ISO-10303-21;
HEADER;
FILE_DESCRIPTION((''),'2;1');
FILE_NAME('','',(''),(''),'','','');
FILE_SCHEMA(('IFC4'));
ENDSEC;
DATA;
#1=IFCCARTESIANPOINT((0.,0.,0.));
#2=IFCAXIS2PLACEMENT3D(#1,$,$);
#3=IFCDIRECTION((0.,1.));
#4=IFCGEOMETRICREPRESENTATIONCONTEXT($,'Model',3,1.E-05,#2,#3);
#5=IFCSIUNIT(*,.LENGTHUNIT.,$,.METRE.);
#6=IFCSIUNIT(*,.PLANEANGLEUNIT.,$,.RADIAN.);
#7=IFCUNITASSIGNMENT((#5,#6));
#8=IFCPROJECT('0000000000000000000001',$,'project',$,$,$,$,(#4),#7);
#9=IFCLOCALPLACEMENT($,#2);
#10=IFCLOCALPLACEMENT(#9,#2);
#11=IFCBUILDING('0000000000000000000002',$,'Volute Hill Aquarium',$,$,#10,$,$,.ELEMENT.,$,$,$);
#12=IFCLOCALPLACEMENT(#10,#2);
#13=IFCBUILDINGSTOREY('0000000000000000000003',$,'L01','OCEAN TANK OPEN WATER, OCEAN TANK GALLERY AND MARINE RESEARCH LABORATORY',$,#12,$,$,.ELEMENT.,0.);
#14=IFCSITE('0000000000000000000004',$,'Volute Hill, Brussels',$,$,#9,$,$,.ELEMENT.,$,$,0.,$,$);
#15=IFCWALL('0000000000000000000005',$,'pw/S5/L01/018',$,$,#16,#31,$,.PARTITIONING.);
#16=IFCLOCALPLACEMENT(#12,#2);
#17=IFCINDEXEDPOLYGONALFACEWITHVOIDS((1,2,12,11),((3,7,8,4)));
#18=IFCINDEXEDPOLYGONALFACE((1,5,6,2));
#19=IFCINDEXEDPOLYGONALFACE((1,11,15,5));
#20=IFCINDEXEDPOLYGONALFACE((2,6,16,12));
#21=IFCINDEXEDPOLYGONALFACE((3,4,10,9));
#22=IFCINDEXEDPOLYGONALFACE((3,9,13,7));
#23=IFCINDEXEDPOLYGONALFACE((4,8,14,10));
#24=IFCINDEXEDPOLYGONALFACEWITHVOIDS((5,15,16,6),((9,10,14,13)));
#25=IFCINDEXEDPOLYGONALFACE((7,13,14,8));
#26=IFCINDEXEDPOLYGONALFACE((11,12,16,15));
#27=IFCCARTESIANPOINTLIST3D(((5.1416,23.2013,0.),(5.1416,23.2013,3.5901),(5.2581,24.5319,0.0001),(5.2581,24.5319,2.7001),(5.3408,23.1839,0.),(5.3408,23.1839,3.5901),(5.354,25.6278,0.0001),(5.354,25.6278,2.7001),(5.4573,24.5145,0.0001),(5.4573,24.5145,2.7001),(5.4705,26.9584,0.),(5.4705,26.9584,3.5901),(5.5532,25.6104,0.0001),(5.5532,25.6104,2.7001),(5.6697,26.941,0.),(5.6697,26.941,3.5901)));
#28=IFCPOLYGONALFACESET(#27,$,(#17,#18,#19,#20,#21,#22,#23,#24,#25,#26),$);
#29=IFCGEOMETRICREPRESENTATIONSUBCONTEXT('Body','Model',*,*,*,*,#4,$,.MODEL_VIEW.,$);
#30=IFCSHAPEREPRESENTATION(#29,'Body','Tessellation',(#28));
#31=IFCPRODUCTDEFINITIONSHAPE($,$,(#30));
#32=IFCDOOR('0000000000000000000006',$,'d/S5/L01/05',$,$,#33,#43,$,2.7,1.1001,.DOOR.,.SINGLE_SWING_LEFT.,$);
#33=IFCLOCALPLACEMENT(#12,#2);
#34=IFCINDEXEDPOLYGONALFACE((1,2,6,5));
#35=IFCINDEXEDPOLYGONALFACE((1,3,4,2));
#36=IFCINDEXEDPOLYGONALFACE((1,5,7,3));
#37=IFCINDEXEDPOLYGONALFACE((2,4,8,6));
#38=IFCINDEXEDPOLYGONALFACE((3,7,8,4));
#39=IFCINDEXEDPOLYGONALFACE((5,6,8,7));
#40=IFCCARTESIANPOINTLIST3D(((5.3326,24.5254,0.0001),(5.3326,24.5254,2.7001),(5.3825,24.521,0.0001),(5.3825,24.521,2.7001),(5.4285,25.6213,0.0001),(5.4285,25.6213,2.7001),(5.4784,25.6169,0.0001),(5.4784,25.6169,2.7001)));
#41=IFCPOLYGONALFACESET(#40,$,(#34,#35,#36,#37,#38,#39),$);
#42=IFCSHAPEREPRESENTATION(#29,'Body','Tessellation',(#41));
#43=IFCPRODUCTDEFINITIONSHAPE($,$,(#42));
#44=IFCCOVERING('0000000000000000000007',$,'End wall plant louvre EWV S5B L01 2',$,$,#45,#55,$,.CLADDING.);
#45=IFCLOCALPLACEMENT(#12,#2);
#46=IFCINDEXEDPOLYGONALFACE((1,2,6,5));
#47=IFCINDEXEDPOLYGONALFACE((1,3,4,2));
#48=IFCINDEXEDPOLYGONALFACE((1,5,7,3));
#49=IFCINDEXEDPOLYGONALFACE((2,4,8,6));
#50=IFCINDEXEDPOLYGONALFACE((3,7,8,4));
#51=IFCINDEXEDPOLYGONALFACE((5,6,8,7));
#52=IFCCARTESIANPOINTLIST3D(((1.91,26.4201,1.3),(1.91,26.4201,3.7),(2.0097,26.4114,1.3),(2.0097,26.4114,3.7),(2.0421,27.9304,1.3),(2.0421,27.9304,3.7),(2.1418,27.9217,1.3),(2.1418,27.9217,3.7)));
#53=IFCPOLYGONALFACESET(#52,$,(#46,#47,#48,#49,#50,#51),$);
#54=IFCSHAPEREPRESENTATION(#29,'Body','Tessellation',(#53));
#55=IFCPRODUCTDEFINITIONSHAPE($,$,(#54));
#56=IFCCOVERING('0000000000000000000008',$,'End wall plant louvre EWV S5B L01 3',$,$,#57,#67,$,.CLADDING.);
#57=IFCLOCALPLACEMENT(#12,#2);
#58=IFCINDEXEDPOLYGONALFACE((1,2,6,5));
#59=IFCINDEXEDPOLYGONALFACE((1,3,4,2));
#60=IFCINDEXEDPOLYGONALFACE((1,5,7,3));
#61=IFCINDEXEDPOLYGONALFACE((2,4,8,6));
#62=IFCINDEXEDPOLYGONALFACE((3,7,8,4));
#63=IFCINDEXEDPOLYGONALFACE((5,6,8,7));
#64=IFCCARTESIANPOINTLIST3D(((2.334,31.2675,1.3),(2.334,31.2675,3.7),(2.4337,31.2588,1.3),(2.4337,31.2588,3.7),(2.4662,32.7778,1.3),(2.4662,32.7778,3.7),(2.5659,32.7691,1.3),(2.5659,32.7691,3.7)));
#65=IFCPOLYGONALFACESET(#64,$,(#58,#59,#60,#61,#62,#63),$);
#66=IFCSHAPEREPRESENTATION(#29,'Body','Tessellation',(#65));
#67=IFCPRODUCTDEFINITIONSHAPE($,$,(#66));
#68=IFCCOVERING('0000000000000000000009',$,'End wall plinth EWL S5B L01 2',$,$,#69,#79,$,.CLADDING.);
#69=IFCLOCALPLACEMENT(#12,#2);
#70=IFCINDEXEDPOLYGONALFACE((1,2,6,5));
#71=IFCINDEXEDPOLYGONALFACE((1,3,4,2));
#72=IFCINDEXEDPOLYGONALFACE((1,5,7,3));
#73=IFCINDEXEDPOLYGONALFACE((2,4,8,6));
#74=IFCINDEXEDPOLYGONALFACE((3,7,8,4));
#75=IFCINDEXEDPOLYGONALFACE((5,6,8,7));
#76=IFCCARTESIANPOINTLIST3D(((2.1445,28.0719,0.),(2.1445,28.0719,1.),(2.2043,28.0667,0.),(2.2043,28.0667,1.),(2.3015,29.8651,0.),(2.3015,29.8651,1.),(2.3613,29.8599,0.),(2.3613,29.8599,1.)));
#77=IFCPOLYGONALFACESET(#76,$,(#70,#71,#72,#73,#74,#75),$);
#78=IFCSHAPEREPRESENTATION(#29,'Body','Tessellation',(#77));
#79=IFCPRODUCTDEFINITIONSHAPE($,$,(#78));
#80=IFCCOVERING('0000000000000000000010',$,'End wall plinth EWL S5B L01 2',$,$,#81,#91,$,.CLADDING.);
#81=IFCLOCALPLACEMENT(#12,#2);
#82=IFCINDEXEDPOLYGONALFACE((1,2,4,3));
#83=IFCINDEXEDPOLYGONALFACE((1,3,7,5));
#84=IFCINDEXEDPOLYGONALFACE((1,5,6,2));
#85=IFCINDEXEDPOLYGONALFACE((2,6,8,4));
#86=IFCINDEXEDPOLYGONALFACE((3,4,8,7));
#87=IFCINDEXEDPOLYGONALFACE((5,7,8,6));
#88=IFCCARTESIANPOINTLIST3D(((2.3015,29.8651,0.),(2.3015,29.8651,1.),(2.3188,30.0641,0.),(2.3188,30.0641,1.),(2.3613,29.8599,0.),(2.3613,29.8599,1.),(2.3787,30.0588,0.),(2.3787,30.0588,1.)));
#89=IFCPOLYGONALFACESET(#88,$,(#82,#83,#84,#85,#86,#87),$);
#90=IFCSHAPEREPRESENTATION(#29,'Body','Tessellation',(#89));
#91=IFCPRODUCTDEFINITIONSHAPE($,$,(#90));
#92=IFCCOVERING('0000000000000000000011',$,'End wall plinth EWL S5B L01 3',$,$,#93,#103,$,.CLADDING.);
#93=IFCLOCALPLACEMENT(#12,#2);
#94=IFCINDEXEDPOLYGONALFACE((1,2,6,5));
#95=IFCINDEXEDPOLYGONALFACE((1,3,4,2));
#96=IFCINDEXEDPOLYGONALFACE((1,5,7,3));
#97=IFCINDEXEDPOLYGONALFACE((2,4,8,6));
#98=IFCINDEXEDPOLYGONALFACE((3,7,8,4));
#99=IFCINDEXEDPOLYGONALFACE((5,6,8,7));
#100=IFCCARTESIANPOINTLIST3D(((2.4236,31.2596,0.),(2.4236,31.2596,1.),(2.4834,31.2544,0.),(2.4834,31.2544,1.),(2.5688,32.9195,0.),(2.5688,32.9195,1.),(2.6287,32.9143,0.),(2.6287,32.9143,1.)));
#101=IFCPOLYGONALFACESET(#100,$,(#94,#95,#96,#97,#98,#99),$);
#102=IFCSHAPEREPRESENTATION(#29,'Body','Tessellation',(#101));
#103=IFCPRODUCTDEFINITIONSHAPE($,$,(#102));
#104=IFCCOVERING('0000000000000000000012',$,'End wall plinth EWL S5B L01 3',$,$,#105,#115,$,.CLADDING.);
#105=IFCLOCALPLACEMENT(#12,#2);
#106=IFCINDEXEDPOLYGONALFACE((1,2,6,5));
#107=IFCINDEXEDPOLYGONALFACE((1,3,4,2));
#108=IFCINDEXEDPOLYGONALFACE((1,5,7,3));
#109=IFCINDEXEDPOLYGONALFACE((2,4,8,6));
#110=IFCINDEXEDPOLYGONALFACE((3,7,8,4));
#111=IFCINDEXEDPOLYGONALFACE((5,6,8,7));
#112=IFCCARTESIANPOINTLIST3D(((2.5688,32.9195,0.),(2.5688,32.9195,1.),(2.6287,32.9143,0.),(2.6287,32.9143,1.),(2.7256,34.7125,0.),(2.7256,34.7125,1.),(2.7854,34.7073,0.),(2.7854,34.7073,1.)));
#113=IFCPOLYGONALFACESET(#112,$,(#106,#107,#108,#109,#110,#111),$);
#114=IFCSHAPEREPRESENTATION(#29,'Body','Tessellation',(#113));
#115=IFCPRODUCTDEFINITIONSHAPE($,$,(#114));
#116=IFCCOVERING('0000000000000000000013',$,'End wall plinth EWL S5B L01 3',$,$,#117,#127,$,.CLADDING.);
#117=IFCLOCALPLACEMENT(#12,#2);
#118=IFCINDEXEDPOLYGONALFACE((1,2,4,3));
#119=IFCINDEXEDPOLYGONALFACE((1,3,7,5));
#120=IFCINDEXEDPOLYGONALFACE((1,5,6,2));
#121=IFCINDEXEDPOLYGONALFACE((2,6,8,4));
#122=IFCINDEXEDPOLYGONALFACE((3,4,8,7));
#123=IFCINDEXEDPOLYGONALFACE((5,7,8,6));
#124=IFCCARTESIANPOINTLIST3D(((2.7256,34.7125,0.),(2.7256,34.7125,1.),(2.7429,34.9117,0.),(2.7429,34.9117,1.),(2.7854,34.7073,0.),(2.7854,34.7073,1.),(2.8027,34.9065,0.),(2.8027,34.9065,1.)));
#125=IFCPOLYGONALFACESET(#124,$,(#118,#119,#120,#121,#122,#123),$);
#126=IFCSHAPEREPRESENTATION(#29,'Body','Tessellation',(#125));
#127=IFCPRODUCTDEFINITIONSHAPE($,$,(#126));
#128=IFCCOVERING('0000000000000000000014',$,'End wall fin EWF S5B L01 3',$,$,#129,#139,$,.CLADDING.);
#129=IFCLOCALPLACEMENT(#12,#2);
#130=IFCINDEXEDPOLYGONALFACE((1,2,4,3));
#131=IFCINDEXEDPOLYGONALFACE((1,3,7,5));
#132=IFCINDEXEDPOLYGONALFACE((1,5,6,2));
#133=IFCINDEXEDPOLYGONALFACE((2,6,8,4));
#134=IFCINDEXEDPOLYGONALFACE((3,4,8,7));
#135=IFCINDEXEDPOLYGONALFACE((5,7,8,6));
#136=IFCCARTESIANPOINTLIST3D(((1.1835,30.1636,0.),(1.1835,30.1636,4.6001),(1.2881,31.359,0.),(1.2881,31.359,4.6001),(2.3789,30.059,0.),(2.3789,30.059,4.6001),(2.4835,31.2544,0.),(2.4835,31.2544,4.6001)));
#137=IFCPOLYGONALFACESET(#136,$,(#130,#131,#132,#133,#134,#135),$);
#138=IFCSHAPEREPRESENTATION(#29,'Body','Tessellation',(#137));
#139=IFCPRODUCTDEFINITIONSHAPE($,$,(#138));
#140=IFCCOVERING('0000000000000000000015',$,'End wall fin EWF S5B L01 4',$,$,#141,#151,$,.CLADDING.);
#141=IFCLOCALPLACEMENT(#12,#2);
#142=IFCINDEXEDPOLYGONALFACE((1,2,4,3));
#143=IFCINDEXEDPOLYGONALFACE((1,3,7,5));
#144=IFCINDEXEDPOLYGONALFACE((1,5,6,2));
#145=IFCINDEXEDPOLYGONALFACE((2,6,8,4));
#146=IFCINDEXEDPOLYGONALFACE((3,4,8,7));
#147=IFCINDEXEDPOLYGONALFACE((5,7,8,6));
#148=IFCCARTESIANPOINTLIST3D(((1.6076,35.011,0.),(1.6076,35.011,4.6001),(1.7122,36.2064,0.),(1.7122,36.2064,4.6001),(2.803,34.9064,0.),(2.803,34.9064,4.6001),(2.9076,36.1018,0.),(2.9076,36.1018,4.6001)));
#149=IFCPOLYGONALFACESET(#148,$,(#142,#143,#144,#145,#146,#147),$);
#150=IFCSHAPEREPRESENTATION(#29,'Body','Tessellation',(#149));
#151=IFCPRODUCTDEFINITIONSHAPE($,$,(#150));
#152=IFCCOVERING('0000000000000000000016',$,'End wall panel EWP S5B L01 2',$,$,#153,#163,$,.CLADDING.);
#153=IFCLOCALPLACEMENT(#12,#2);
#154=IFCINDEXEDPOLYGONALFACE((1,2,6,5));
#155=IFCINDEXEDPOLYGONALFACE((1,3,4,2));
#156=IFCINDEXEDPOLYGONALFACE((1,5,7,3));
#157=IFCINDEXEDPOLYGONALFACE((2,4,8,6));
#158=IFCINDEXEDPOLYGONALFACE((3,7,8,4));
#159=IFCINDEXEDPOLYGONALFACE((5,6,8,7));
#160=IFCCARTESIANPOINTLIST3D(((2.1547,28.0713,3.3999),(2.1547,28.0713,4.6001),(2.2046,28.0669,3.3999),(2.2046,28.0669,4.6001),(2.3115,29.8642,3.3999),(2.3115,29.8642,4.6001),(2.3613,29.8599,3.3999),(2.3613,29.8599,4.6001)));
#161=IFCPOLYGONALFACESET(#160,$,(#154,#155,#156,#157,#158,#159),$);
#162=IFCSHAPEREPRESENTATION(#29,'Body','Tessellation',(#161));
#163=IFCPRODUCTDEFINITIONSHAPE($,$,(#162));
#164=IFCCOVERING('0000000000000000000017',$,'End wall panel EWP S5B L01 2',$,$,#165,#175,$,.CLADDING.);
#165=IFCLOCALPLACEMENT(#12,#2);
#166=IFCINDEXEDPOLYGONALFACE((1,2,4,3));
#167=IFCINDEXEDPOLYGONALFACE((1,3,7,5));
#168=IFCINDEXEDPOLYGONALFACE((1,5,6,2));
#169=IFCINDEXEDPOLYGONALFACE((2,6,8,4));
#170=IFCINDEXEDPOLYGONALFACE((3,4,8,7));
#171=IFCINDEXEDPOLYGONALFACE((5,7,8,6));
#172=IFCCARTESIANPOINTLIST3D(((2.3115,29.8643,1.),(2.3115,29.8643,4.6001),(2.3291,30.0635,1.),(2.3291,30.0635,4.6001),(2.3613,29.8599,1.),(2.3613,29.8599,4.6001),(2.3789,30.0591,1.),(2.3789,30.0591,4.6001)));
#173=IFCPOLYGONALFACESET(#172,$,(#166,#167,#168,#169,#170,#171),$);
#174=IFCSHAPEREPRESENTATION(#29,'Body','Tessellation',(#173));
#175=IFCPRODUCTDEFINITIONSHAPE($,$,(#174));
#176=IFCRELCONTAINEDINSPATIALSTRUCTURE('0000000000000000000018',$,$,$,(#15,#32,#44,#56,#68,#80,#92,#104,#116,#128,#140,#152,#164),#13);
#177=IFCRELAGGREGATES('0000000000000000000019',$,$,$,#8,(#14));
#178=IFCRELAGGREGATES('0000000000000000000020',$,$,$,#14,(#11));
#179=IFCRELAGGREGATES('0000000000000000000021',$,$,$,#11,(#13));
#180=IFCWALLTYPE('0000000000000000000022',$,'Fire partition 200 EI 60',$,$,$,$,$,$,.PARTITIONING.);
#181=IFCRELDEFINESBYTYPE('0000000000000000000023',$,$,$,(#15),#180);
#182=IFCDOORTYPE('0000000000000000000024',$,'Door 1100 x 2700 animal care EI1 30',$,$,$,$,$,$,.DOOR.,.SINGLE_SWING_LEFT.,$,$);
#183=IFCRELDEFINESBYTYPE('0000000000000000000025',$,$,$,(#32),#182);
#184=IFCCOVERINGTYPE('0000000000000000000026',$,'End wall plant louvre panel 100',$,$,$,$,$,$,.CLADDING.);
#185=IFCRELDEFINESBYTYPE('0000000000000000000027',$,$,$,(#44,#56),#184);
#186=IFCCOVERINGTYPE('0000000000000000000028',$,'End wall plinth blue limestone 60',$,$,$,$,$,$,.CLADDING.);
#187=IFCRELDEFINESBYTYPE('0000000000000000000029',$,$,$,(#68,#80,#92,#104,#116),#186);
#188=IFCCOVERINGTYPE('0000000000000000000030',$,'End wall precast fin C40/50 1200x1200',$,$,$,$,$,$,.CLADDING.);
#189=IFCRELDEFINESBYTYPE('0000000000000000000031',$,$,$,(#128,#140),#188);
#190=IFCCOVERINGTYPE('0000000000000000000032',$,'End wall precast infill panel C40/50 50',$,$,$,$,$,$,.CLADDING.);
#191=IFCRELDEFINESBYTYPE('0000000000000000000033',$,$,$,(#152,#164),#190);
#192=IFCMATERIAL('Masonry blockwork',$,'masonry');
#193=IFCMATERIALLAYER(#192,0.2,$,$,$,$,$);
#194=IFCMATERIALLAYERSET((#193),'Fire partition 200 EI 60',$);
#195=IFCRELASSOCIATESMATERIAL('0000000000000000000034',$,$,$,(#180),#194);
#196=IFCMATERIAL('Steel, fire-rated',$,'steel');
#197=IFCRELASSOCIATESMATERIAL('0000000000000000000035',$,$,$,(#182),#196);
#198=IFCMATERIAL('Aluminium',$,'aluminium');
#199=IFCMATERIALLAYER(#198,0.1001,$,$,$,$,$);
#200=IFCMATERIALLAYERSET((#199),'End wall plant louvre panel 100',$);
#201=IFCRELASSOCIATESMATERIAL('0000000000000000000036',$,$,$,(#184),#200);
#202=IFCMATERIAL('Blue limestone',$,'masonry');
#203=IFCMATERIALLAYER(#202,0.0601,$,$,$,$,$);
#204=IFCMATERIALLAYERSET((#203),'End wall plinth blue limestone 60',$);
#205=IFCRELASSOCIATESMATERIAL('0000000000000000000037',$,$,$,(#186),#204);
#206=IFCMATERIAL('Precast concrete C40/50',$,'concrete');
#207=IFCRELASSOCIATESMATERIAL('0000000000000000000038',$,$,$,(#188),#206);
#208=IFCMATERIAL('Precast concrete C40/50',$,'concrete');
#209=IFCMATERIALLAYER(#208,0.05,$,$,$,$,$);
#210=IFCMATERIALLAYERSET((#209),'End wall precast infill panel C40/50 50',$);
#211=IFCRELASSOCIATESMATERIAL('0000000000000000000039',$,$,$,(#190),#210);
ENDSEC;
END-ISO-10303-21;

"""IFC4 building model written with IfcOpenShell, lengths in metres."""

from ifc_helpers import new_model, si_unit, direction, frame, frame_2d, origin, origin_2d, place, context, subcontext, project, spatial, polyline, rectangle, outline, extrude, material, layer, layer_set, type_object, element, fill, save


model = new_model("IFC4")

# Units and contexts
model_context = context("Model", 3, precision=1e-05, world=origin(), true_north=direction((0.0, 1.0)))
body_context = subcontext(model_context, "Body", "Model", "MODEL_VIEW")
ifc_project = project(units=[si_unit("LENGTHUNIT", "METRE"), si_unit("PLANEANGLEUNIT", "RADIAN")], contexts=[model_context])

# Site, building, storey
site_placement = place(None, origin())
site = spatial("IfcSite", under=ifc_project, at=site_placement, Name="Volute Hill, Brussels", CompositionType="ELEMENT", RefElevation=0.0)
building_placement = place(site_placement, origin())
building = spatial("IfcBuilding", under=site, at=building_placement, Name="Volute Hill Aquarium", CompositionType="ELEMENT")
storey_placement = place(building_placement, origin())
storey = spatial("IfcBuildingStorey", under=building, at=storey_placement, Name="L01", Description="OCEAN TANK OPEN WATER, OCEAN TANK GALLERY AND MARINE RESEARCH LABORATORY", CompositionType="ELEMENT", Elevation=0.0)

# Wall, opening, door
ifc_material_1 = material(Name="Masonry blockwork", Category="masonry")
ifc_layer_1 = layer(ifc_material_1, 0.2)
ifc_layer_set_1 = layer_set([ifc_layer_1], Name="Fire partition 200 EI 60")
wall_type = type_object("IfcWallType", Name="Fire partition 200 EI 60", PredefinedType="PARTITIONING", material=ifc_layer_set_1)
wall_placement = place(storey_placement, frame((5.5701, 26.9497, 0.0), z_axis=(0.0, 0.0, 1.0), x_axis=(-0.087197, -0.996191, 0.0)))
wall = element("IfcWall", 1, at=wall_placement, inside=storey, type_object=wall_type, Name="pw/S5/L01/018", PredefinedType="PARTITIONING", context=body_context, shape_type="SweptSolid", body=[
    extrude(rectangle(XDim=3.7715, YDim=0.2, at=frame_2d((1.8857, 0.0))), origin(), (0.0, 0.0, 1.0), 3.5901),
])
opening_placement = place(wall_placement, frame((1.3357, 0.0, 0.0)))
opening = element("IfcOpeningElement", 2, at=opening_placement, cuts=wall, PredefinedType="OPENING", context=body_context, shape_type="SweptSolid", body=[
    extrude(rectangle(XDim=1.1001, YDim=2.7, at=frame_2d((0.55, 1.3501))), frame((0.0, 0.1099, 0.0), z_axis=(0.0, -1.0, 0.0), x_axis=(1.0, 0.0, 0.0)), (0.0, 0.0, 1.0), 0.22),
])
ifc_material_2 = material(Name="Steel, fire-rated", Category="steel")
door_type = type_object("IfcDoorType", Name="Door 1100 x 2700 animal care EI1 30", OperationType="SINGLE_SWING_LEFT", PredefinedType="DOOR", material=ifc_material_2)
door_placement = place(opening_placement, origin())
door = element("IfcDoor", 3, at=door_placement, inside=storey, type_object=door_type, Name="d/S5/L01/05", OperationType="SINGLE_SWING_LEFT", OverallHeight=2.7, OverallWidth=1.1001, PredefinedType="DOOR", context=body_context, shape_type="SweptSolid", body=[
    extrude(rectangle(XDim=1.1001, YDim=2.7, at=frame_2d((0.55, 1.3501))), frame((0.0, 0.0249, 0.0), z_axis=(0.0, -1.0, 0.0), x_axis=(1.0, 0.0, 0.0)), (0.0, 0.0, 1.0), 0.05),
])
fill(opening, door)

# Coverings
ifc_material_3 = material(Name="Aluminium", Category="aluminium")
ifc_layer_2 = layer(ifc_material_3, 0.1001)
ifc_layer_set_2 = layer_set([ifc_layer_2], Name="End wall plant louvre panel 100")
covering_type_1 = type_object("IfcCoveringType", Name="End wall plant louvre panel 100", PredefinedType="CLADDING", material=ifc_layer_set_2)
for number, where, z_axis, x_axis, name in (
    (4, (2.0259, 27.1709, 1.3), (0.0, 0.0, 1.0), (0.087157, 0.996195, 0.0), "End wall plant louvre EWV S5B L01 2"),
    (5, (2.45, 32.0183, 1.3), (0.0, 0.0, 1.0), (0.087157, 0.996195, 0.0), "End wall plant louvre EWV S5B L01 3"),
):
    element("IfcCovering", number, at=place(storey_placement, frame(where, z_axis=z_axis, x_axis=x_axis)), inside=storey, type_object=covering_type_1, Name=name, PredefinedType="CLADDING", context=body_context, shape_type="SweptSolid", body=[
        extrude(rectangle(XDim=1.5161, YDim=0.1001, at=origin_2d()), origin(), (0.0, 0.0, 1.0), 2.3999),
    ])
ifc_material_4 = material(Name="Blue limestone", Category="masonry")
ifc_layer_3 = layer(ifc_material_4, 0.0601)
ifc_layer_set_3 = layer_set([ifc_layer_3], Name="End wall plinth blue limestone 60")
covering_type_2 = type_object("IfcCoveringType", Name="End wall plinth blue limestone 60", PredefinedType="CLADDING", material=ifc_layer_set_3)
covering_1_placement = place(storey_placement, frame((2.2043, 28.0667, 0.0), z_axis=(0.99619, -0.087209, 0.0), x_axis=(0.087209, 0.99619, 0.0)))
element("IfcCovering", 6, at=covering_1_placement, inside=storey, type_object=covering_type_2, Name="End wall plinth EWL S5B L01 2", PredefinedType="CLADDING", context=body_context, shape_type="SweptSolid", body=[
    extrude(outline(polyline([(0.0, 0.0), (1.8001, 0.0), (1.8001, 1.0), (0.0, 1.0), (0.0, 0.0)])), origin(), (0.0, 0.0, -1.0), 0.0601),
])
covering_2_placement = place(storey_placement, frame((2.3613, 29.8599, 0.0), z_axis=(0.996227, -0.086788, 0.0), x_axis=(0.086788, 0.996227, 0.0)))
element("IfcCovering", 7, at=covering_2_placement, inside=storey, type_object=covering_type_2, Name="End wall plinth EWL S5B L01 2", PredefinedType="CLADDING", context=body_context, shape_type="SweptSolid", body=[
    extrude(outline(polyline([(0.0, 0.0), (0.1997, 0.0), (0.1997, 1.0), (0.0, 1.0), (0.0, 0.0)])), origin(), (0.0, 0.0, -1.0), 0.0601),
])
covering_3_placement = place(storey_placement, frame((2.4834, 31.2544, 0.0), z_axis=(0.996193, -0.08718, 0.0), x_axis=(0.08718, 0.996193, 0.0)))
element("IfcCovering", 8, at=covering_3_placement, inside=storey, type_object=covering_type_2, Name="End wall plinth EWL S5B L01 3", PredefinedType="CLADDING", context=body_context, shape_type="SweptSolid", body=[
    extrude(outline(polyline([(0.0, 0.0), (1.6663, 0.0), (1.6663, 1.0), (0.0, 1.0), (0.0, 0.0)])), origin(), (0.0, 0.0, -1.0), 0.0601),
])
covering_4_placement = place(storey_placement, frame((2.6287, 32.9143, 0.0), z_axis=(0.996201, -0.087086, 0.0), x_axis=(0.087086, 0.996201, 0.0)))
element("IfcCovering", 9, at=covering_4_placement, inside=storey, type_object=covering_type_2, Name="End wall plinth EWL S5B L01 3", PredefinedType="CLADDING", context=body_context, shape_type="SweptSolid", body=[
    extrude(outline(polyline([(0.0, 0.0), (1.7998, 0.0), (1.7998, 1.0), (0.0, 1.0), (0.0, 0.0)])), origin(), (0.0, 0.0, -1.0), 0.0601),
])
covering_5_placement = place(storey_placement, frame((2.7854, 34.7073, 0.0), z_axis=(0.996236, -0.086682, 0.0), x_axis=(0.086682, 0.996236, 0.0)))
element("IfcCovering", 10, at=covering_5_placement, inside=storey, type_object=covering_type_2, Name="End wall plinth EWL S5B L01 3", PredefinedType="CLADDING", context=body_context, shape_type="SweptSolid", body=[
    extrude(outline(polyline([(0.0, 0.0), (0.2, 0.0), (0.2, 1.0), (0.0, 1.0), (0.0, 0.0)])), origin(), (0.0, 0.0, -1.0), 0.0601),
])
ifc_material_5 = material(Name="Precast concrete C40/50", Category="concrete")
covering_type_3 = type_object("IfcCoveringType", Name="End wall precast fin C40/50 1200x1200", PredefinedType="CLADDING", material=ifc_material_5)
for number, where, z_axis, x_axis, name in (
    (11, (1.8335, 30.709, 0.0), (0.0, 0.0, 1.0), (0.087157, 0.996195, 0.0), "End wall fin EWF S5B L01 3"),
    (12, (2.2576, 35.5564, 0.0), (0.0, 0.0, 1.0), (0.087157, 0.996195, 0.0), "End wall fin EWF S5B L01 4"),
):
    element("IfcCovering", number, at=place(storey_placement, frame(where, z_axis=z_axis, x_axis=x_axis)), inside=storey, type_object=covering_type_3, Name=name, PredefinedType="CLADDING", context=body_context, shape_type="SweptSolid", body=[
        extrude(rectangle(XDim=1.2, YDim=1.2, at=origin_2d()), origin(), (0.0, 0.0, 1.0), 4.6001),
    ])
ifc_material_6 = material(Name="Precast concrete C40/50", Category="concrete")
ifc_layer_4 = layer(ifc_material_6, 0.05)
ifc_layer_set_4 = layer_set([ifc_layer_4], Name="End wall precast infill panel C40/50 50")
covering_type_4 = type_object("IfcCoveringType", Name="End wall precast infill panel C40/50 50", PredefinedType="CLADDING", material=ifc_layer_set_4)
covering_6_placement = place(storey_placement, frame((2.2046, 28.0669, 3.3999), z_axis=(0.996201, -0.087086, 0.0), x_axis=(0.087086, 0.996201, 0.0)))
element("IfcCovering", 13, at=covering_6_placement, inside=storey, type_object=covering_type_4, Name="End wall panel EWP S5B L01 2", PredefinedType="CLADDING", context=body_context, shape_type="SweptSolid", body=[
    extrude(outline(polyline([(0.0, 0.0), (1.7998, 0.0), (1.7998, 1.2002), (0.0, 1.2002), (0.0, 0.0)])), origin(), (0.0, 0.0, -1.0), 0.05),
])
covering_7_placement = place(storey_placement, frame((2.3613, 29.8599, 1.0), z_axis=(0.99613, -0.087894, 0.0), x_axis=(0.087894, 0.99613, 0.0)))
element("IfcCovering", 14, at=covering_7_placement, inside=storey, type_object=covering_type_4, Name="End wall panel EWP S5B L01 2", PredefinedType="CLADDING", context=body_context, shape_type="SweptSolid", body=[
    extrude(outline(polyline([(0.0, 0.0), (0.2, 0.0), (0.2, 3.6001), (0.0, 3.6001), (0.0, 0.0)])), origin(), (0.0, 0.0, -1.0), 0.05),
])

save(model, "model.ifc")
